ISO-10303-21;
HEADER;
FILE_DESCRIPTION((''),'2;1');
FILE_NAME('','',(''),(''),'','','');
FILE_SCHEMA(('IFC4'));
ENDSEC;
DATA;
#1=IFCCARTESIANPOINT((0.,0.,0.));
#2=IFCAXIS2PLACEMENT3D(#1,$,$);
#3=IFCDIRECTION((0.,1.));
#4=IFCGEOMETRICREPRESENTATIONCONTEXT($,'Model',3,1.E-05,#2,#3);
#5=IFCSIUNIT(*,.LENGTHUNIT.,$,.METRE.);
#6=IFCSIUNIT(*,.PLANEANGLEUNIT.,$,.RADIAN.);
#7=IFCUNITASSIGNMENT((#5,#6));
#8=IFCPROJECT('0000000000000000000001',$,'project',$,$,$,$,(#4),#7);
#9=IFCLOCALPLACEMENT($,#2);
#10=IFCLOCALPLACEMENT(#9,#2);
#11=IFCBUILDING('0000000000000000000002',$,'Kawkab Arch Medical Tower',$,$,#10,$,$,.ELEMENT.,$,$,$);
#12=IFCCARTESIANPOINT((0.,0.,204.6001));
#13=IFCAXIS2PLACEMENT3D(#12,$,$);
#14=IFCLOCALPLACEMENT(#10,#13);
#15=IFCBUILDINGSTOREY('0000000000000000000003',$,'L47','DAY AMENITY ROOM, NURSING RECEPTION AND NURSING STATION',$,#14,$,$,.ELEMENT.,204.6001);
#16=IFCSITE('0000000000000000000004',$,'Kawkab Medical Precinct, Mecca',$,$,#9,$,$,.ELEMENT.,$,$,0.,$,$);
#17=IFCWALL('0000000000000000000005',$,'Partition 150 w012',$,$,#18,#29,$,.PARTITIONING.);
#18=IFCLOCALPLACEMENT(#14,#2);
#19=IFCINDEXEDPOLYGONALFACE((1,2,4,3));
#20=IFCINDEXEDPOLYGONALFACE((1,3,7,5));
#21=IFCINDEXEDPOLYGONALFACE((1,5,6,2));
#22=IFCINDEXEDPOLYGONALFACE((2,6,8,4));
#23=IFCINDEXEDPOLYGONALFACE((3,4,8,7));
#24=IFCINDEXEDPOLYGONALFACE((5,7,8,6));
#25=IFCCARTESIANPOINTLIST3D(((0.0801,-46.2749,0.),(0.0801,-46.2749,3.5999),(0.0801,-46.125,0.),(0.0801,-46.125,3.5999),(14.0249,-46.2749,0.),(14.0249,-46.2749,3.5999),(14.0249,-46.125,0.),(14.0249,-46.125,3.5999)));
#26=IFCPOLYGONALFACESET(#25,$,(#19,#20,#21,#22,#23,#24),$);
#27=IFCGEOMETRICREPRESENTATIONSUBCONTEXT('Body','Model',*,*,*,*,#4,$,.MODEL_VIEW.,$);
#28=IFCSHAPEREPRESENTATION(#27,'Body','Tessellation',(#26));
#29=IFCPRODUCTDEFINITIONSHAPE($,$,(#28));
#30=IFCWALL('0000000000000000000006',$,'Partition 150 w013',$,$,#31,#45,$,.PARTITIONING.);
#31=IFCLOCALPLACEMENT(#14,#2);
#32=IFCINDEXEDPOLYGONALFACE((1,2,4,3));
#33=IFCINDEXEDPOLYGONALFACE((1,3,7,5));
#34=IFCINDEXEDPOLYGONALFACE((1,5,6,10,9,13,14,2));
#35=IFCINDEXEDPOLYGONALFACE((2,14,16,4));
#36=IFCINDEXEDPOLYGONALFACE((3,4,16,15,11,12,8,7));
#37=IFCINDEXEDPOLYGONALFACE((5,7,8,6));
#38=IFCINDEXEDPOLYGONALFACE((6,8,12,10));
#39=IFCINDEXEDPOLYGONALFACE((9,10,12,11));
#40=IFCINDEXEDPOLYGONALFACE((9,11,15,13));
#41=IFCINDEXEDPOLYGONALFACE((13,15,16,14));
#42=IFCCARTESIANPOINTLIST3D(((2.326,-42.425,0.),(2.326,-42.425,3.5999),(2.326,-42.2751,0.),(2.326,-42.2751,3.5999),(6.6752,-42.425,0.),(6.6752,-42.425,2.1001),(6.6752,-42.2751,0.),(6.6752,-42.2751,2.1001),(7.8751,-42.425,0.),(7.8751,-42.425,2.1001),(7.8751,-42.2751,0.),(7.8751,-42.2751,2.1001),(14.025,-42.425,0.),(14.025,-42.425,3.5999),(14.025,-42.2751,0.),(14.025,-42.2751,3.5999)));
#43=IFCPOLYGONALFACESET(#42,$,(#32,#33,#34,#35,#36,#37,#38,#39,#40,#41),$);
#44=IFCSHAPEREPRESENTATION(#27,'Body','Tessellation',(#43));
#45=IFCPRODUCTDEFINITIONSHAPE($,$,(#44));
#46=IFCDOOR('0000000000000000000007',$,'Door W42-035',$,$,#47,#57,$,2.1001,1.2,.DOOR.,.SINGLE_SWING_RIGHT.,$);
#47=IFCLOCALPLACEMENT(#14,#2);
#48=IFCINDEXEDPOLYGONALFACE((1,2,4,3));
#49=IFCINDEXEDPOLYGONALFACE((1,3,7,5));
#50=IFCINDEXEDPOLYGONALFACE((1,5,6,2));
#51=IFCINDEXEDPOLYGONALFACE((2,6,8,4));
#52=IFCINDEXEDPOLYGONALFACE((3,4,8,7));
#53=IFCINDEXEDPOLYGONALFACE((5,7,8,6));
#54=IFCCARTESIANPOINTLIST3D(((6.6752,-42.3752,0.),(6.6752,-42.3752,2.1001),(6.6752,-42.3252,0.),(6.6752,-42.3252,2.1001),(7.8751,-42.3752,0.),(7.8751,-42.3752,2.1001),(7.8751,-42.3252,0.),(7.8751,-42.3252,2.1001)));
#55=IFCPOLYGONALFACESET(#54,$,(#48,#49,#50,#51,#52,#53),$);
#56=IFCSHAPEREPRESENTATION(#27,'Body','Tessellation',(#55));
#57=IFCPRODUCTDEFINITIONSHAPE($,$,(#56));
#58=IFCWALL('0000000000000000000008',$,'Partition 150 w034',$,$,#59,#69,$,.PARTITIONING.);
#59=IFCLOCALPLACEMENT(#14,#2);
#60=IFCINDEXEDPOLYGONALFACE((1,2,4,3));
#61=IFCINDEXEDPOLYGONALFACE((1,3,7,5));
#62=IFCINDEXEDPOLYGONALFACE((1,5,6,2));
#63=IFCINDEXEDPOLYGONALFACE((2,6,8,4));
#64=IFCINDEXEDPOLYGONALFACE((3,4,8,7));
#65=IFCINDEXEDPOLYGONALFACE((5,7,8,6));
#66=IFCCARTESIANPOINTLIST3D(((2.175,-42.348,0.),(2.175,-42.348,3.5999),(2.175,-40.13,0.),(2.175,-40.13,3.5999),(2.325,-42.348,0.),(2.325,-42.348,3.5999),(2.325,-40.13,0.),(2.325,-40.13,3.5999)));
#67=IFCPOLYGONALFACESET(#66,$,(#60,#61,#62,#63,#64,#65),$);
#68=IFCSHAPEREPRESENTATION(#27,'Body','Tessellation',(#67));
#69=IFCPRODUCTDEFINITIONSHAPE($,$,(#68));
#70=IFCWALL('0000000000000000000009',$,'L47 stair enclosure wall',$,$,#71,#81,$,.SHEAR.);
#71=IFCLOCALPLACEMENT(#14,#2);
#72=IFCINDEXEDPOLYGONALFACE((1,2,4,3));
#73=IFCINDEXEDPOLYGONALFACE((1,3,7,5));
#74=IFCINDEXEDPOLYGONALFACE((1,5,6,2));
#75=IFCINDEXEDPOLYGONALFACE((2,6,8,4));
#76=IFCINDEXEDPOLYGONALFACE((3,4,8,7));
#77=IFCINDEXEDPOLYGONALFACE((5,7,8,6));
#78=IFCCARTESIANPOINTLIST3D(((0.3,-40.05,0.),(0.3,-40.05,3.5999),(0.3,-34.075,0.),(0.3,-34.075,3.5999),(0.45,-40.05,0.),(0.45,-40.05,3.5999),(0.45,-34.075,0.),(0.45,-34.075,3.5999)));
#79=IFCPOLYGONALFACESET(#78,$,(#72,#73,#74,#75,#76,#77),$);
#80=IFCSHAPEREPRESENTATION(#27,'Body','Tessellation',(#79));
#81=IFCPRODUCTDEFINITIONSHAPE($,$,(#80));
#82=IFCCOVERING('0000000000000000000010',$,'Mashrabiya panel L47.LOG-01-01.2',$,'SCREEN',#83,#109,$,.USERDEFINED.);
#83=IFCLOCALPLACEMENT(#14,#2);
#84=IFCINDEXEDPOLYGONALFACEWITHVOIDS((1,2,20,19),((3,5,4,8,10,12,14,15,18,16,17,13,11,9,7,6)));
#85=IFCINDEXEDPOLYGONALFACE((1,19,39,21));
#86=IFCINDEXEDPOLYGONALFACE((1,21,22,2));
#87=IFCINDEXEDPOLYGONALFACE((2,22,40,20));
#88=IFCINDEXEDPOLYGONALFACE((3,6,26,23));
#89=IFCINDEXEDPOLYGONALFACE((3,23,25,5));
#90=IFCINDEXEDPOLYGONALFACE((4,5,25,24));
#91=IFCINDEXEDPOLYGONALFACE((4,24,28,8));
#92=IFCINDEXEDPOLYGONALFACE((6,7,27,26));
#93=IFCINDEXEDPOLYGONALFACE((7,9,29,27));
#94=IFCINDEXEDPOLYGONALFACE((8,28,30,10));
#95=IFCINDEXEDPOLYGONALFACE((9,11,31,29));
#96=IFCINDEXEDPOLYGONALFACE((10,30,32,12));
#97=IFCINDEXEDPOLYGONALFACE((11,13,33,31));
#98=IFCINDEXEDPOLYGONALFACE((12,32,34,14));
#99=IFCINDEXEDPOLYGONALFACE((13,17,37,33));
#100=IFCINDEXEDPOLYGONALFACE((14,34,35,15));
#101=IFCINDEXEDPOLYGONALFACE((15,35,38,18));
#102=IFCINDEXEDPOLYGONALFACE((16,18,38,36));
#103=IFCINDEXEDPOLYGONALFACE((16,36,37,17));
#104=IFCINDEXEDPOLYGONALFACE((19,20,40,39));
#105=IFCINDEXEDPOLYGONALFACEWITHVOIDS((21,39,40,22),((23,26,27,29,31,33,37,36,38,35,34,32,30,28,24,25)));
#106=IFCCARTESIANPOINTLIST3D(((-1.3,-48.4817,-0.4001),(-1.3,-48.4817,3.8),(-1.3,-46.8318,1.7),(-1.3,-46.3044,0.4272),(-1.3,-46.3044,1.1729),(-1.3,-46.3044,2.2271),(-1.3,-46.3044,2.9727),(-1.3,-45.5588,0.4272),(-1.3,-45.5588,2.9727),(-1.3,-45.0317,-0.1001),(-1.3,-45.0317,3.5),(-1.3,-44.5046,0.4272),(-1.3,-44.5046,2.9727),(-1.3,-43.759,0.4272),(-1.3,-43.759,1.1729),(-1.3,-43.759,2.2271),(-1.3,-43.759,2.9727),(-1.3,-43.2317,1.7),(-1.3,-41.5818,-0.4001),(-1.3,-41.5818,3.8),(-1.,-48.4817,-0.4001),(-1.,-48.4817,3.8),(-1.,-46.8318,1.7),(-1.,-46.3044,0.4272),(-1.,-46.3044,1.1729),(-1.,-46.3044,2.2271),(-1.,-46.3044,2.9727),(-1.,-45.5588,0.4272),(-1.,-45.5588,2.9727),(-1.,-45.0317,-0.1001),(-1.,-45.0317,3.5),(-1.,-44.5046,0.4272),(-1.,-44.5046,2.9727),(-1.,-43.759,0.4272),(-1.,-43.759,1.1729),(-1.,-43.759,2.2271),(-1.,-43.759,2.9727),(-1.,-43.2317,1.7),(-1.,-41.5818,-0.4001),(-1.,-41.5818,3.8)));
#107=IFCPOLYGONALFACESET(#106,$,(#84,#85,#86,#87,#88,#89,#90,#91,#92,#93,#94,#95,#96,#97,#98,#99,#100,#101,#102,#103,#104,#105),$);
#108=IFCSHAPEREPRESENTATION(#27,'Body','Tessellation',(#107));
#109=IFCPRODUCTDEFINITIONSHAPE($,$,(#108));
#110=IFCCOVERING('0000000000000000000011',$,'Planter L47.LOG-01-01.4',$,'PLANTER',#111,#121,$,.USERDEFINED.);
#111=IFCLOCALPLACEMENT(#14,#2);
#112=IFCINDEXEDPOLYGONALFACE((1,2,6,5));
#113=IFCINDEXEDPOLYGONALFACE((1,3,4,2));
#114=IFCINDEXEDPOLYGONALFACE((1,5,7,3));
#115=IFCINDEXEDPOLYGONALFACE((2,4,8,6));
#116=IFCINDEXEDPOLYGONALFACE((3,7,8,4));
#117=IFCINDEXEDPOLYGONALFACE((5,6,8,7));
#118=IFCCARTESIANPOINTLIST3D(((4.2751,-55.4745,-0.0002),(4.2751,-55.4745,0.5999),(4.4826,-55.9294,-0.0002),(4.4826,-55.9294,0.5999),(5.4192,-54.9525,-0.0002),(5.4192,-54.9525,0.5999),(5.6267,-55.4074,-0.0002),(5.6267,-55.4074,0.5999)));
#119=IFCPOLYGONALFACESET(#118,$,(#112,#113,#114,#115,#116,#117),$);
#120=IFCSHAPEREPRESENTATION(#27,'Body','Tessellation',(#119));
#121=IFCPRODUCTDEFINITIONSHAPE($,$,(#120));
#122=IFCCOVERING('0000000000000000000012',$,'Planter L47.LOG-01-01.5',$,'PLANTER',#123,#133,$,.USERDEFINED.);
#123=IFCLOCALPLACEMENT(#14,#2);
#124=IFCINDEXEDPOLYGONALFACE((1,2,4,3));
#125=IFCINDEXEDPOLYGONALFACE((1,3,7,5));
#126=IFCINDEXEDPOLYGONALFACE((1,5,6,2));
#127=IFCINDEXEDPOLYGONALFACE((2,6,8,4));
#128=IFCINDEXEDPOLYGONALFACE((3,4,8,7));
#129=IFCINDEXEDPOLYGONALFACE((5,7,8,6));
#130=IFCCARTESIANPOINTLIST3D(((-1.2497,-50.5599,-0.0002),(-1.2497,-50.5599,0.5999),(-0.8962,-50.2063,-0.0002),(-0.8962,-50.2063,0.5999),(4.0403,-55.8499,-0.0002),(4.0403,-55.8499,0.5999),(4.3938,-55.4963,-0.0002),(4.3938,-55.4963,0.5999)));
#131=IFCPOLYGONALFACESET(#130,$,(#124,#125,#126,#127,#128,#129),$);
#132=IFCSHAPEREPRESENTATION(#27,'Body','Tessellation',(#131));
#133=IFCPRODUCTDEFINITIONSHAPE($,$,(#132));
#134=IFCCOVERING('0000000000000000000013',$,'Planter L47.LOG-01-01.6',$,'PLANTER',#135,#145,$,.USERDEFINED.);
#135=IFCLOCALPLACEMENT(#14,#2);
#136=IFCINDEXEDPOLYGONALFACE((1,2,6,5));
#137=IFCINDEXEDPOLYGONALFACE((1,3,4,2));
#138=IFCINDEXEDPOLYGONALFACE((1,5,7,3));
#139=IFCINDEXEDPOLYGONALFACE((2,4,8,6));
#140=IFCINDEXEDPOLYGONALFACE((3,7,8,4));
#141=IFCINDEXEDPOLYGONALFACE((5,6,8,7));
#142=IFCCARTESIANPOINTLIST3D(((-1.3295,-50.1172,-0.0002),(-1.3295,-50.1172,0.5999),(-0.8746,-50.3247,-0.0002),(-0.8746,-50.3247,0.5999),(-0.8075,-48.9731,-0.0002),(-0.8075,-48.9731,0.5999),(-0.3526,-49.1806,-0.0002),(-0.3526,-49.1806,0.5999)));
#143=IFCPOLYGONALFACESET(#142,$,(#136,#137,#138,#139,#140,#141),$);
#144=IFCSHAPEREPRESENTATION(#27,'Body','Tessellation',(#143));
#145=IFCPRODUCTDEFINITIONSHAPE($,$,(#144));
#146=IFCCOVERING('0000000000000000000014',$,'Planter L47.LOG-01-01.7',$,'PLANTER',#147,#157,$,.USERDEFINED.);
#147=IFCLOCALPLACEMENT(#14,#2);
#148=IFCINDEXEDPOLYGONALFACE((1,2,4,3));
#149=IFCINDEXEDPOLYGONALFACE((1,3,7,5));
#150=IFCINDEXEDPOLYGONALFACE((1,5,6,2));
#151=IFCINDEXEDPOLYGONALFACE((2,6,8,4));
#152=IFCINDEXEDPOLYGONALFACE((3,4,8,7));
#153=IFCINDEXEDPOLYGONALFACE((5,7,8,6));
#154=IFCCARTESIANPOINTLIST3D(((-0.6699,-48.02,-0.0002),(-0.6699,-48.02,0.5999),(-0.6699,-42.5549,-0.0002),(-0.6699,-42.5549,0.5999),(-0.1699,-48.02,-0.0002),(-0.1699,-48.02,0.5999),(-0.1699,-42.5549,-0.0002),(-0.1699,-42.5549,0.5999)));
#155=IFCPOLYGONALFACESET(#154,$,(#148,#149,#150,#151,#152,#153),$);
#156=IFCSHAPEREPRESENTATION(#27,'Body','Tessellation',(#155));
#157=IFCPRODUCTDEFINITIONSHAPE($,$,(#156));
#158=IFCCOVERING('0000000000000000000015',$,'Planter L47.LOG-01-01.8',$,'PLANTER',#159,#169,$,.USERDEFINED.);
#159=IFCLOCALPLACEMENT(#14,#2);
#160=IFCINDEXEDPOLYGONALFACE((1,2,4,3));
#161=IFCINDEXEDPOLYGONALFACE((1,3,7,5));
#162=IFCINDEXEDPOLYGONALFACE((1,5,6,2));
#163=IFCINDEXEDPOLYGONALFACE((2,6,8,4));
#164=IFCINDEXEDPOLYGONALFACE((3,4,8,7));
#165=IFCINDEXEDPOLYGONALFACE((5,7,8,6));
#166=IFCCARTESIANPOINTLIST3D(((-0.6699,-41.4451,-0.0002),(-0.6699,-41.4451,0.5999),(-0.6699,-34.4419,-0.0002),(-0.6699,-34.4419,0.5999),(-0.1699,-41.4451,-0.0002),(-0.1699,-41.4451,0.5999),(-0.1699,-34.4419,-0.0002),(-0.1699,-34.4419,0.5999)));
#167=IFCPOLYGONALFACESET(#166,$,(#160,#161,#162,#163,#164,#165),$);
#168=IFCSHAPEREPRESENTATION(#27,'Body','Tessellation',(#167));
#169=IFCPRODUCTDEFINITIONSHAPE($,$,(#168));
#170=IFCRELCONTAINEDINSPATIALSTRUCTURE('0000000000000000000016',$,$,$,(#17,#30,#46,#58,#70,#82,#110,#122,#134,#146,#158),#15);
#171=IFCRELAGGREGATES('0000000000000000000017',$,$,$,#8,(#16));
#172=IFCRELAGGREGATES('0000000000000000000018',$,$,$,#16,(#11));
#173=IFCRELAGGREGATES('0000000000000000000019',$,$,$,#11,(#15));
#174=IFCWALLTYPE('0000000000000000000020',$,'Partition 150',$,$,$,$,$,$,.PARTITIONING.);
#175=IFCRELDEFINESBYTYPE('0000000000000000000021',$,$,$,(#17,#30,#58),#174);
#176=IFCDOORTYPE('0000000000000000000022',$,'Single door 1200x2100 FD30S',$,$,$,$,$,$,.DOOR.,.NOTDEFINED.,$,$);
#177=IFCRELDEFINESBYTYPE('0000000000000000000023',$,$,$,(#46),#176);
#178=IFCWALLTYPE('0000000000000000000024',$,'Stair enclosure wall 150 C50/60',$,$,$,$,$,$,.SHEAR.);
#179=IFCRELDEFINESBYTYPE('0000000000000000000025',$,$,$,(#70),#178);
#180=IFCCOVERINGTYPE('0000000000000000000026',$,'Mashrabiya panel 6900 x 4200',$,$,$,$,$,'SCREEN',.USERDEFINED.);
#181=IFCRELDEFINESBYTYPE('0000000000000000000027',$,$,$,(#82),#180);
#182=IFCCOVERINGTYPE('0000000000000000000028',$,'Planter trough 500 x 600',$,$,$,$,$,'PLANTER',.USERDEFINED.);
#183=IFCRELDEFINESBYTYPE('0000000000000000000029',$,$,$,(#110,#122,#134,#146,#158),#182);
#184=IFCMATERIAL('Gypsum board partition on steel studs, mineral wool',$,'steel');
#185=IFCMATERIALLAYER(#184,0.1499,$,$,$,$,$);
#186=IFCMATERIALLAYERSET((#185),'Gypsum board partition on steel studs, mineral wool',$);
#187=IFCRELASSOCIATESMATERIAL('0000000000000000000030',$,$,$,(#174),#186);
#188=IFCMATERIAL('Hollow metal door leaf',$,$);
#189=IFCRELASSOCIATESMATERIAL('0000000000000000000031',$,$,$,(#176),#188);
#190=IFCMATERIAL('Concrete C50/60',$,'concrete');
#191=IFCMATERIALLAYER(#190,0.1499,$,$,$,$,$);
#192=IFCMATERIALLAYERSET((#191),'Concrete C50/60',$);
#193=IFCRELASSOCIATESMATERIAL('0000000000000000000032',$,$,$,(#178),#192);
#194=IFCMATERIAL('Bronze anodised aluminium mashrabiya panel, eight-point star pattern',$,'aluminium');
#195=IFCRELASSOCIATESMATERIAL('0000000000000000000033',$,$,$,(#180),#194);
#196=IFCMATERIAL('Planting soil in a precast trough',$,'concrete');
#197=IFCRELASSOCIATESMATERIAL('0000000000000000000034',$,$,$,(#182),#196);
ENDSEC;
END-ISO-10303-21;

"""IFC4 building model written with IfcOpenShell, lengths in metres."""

from ifc_helpers import new_model, si_unit, direction, frame, frame_2d, origin, origin_2d, place, context, subcontext, project, spatial, polyline, rectangle, outline, extrude, material, layer, layer_set, material_profile, profile_set, type_object, element, fill, save


model = new_model("IFC4")

# Units and contexts
model_context = context("Model", 3, precision=1e-05, world=origin(), true_north=direction((0.0, 1.0)))
body_context = subcontext(model_context, "Body", "Model", "MODEL_VIEW")
ifc_project = project(units=[si_unit("LENGTHUNIT", "METRE"), si_unit("PLANEANGLEUNIT", "RADIAN")], contexts=[model_context])

# Site, building, storey
site_placement = place(None, origin())
site = spatial("IfcSite", under=ifc_project, at=site_placement, Name="Kawkab Medical Precinct, Mecca", CompositionType="ELEMENT", RefElevation=0.0)
building_placement = place(site_placement, origin())
building = spatial("IfcBuilding", under=site, at=building_placement, Name="Kawkab Arch Medical Tower", CompositionType="ELEMENT")
storey_placement = place(building_placement, frame((0.0, 0.0, 204.6001)))
storey = spatial("IfcBuildingStorey", under=building, at=storey_placement, Name="L47", Description="DAY AMENITY ROOM, NURSING RECEPTION AND NURSING STATION", CompositionType="ELEMENT", Elevation=204.6001)

# Wall
ifc_material_1 = material(Name="Gypsum board partition on steel studs, mineral wool", Category="steel")
ifc_layer_1 = layer(ifc_material_1, 0.1499)
ifc_layer_set_1 = layer_set([ifc_layer_1], Name="Gypsum board partition on steel studs, mineral wool")
wall_type_1 = type_object("IfcWallType", Name="Partition 150", PredefinedType="PARTITIONING", material=ifc_layer_set_1)
wall_1_placement = place(storey_placement, frame((0.0801, -46.2, 0.0), z_axis=(0.0, 0.0, 1.0), x_axis=(1.0, 0.0, 0.0)))
element("IfcWall", 1, at=wall_1_placement, inside=storey, type_object=wall_type_1, Name="Partition 150 w012", PredefinedType="PARTITIONING", context=body_context, shape_type="SweptSolid", body=[
    extrude(rectangle(XDim=13.9448, YDim=0.1499, at=frame_2d((6.9724, 0.0))), origin(), (0.0, 0.0, 1.0), 3.5999),
])

# Wall, opening, door
wall_2_placement = place(storey_placement, frame((2.3259, -42.3501, 0.0), z_axis=(0.0, 0.0, 1.0), x_axis=(1.0, 0.0, 0.0)))
wall_2 = element("IfcWall", 2, at=wall_2_placement, inside=storey, type_object=wall_type_1, Name="Partition 150 w013", PredefinedType="PARTITIONING", context=body_context, shape_type="SweptSolid", body=[
    extrude(rectangle(XDim=11.699, YDim=0.1499, at=frame_2d((5.8496, 0.0))), origin(), (0.0, 0.0, 1.0), 3.5999),
])
opening_placement = place(wall_2_placement, frame((4.3491, 0.0, 0.0)))
opening = element("IfcOpeningElement", 3, at=opening_placement, cuts=wall_2, PredefinedType="OPENING", context=body_context, shape_type="SweptSolid", body=[
    extrude(rectangle(XDim=1.2, YDim=2.1001, at=frame_2d((0.6001, 1.05))), frame((0.0, 0.085, 0.0), z_axis=(0.0, -1.0, 0.0), x_axis=(1.0, 0.0, 0.0)), (0.0, 0.0, 1.0), 0.1699),
])
ifc_material_2 = material(Name="Hollow metal door leaf")
door_type = type_object("IfcDoorType", Name="Single door 1200x2100 FD30S", OperationType="NOTDEFINED", PredefinedType="DOOR", material=ifc_material_2)
door_placement = place(opening_placement, origin())
door = element("IfcDoor", 4, at=door_placement, inside=storey, type_object=door_type, Name="Door W42-035", OperationType="SINGLE_SWING_RIGHT", OverallHeight=2.1001, OverallWidth=1.2, PredefinedType="DOOR", context=body_context, shape_type="SweptSolid", body=[
    extrude(rectangle(XDim=1.2, YDim=2.1001, at=frame_2d((0.6001, 1.05))), frame((0.0, 0.0249, 0.0), z_axis=(0.0, -1.0, 0.0), x_axis=(1.0, 0.0, 0.0)), (0.0, 0.0, 1.0), 0.05),
])
fill(opening, door)

# Walls
wall_3_placement = place(storey_placement, frame((2.25, -42.3479, 0.0), z_axis=(0.0, 0.0, 1.0), x_axis=(0.0, 1.0, 0.0)))
element("IfcWall", 5, at=wall_3_placement, inside=storey, type_object=wall_type_1, Name="Partition 150 w034", PredefinedType="PARTITIONING", context=body_context, shape_type="SweptSolid", body=[
    extrude(rectangle(XDim=2.218, YDim=0.1499, at=frame_2d((1.1089, 0.0))), origin(), (0.0, 0.0, 1.0), 3.5999),
])
ifc_material_3 = material(Name="Concrete C50/60", Category="concrete")
ifc_layer_2 = layer(ifc_material_3, 0.1499)
ifc_layer_set_2 = layer_set([ifc_layer_2], Name="Concrete C50/60")
wall_type_2 = type_object("IfcWallType", Name="Stair enclosure wall 150 C50/60", PredefinedType="SHEAR", material=ifc_layer_set_2)
wall_4_placement = place(storey_placement, frame((0.375, -40.05, 0.0), z_axis=(0.0, 0.0, 1.0), x_axis=(0.0, 1.0, 0.0)))
element("IfcWall", 6, at=wall_4_placement, inside=storey, type_object=wall_type_2, Name="L47 stair enclosure wall", PredefinedType="SHEAR", context=body_context, shape_type="SweptSolid", body=[
    extrude(rectangle(XDim=5.9751, YDim=0.1499, at=frame_2d((2.9875, 0.0))), origin(), (0.0, 0.0, 1.0), 3.5999),
])

# Coverings
ifc_material_4 = material(Name="Bronze anodised aluminium mashrabiya panel, eight-point star pattern", Category="aluminium")
ifc_material_profile_1 = material_profile(ifc_material_4, outline(polyline([(-3.45, -2.1001), (3.45, -2.1001), (3.45, 2.1001), (-3.45, 2.1001), (-3.45, -2.1001)]), holes=[polyline([(1.8, 0.0), (1.2727, 0.5271), (1.2727, 1.2727), (0.5271, 1.2727), (0.0, 1.8), (-0.5271, 1.2727), (-1.2727, 1.2727), (-1.2727, 0.5271), (-1.8, 0.0), (-1.2727, -0.5271), (-1.2727, -1.2727), (-0.5271, -1.2727), (0.0, -1.8), (0.5271, -1.2727), (1.2727, -1.2727), (1.2727, -0.5271), (1.8, 0.0)])]), Name="Mashrabiya panel 6900x4200")
ifc_profile_set_1 = profile_set([ifc_material_profile_1], Name="Bronze anodised aluminium mashrabiya panel, eight-point star pattern")
covering_type_1 = type_object("IfcCoveringType", Name="Mashrabiya panel 6900 x 4200", ElementType="SCREEN", PredefinedType="USERDEFINED", material=ifc_profile_set_1)
covering_1_placement = place(storey_placement, frame((-1.0, -45.0317, 1.7), z_axis=(-1.0, 0.0, 0.0), x_axis=(0.0, -1.0, 0.0)))
element("IfcCovering", 7, at=covering_1_placement, inside=storey, type_object=covering_type_1, Name="Mashrabiya panel L47.LOG-01-01.2", ObjectType="SCREEN", PredefinedType="USERDEFINED", context=body_context, shape_type="SweptSolid", body=[
    extrude(outline(polyline([(-3.45, -2.1001), (3.45, -2.1001), (3.45, 2.1001), (-3.45, 2.1001), (-3.45, -2.1001)]), holes=[polyline([(1.8, 0.0), (1.2727, 0.5271), (1.2727, 1.2727), (0.5271, 1.2727), (0.0, 1.8), (-0.5271, 1.2727), (-1.2727, 1.2727), (-1.2727, 0.5271), (-1.8, 0.0), (-1.2727, -0.5271), (-1.2727, -1.2727), (-0.5271, -1.2727), (0.0, -1.8), (0.5271, -1.2727), (1.2727, -1.2727), (1.2727, -0.5271), (1.8, 0.0)])]), origin(), (0.0, 0.0, 1.0), 0.3),
])
ifc_material_5 = material(Name="Planting soil in a precast trough", Category="concrete")
ifc_material_profile_2 = material_profile(ifc_material_5, rectangle(XDim=0.5, YDim=0.6001, at=origin_2d()), Name="Trough 500x600")
ifc_profile_set_2 = profile_set([ifc_material_profile_2], Name="Planting soil in a precast trough")
covering_type_2 = type_object("IfcCoveringType", Name="Planter trough 500 x 600", ElementType="PLANTER", PredefinedType="USERDEFINED", material=ifc_profile_set_2)
covering_2_placement = place(storey_placement, frame((5.5229, -55.1799, 0.2998), z_axis=(-0.90978, -0.41509, 0.0), x_axis=(0.41509, -0.90978, 0.0)))
element("IfcCovering", 8, at=covering_2_placement, inside=storey, type_object=covering_type_2, Name="Planter L47.LOG-01-01.4", ObjectType="PLANTER", PredefinedType="USERDEFINED", context=body_context, shape_type="SweptSolid", body=[
    extrude(rectangle(XDim=0.5, YDim=0.6001, at=origin_2d()), origin(), (0.0, 0.0, 1.0), 1.2576),
])
covering_3_placement = place(storey_placement, frame((4.217, -55.6731, 0.2998), z_axis=(-0.707107, 0.707107, 0.0), x_axis=(-0.707107, -0.707107, 0.0)))
element("IfcCovering", 9, at=covering_3_placement, inside=storey, type_object=covering_type_2, Name="Planter L47.LOG-01-01.5", ObjectType="PLANTER", PredefinedType="USERDEFINED", context=body_context, shape_type="SweptSolid", body=[
    extrude(rectangle(XDim=0.5, YDim=0.6001, at=origin_2d()), origin(), (0.0, 0.0, 1.0), 7.4812),
])
covering_4_placement = place(storey_placement, frame((-1.1021, -50.2209, 0.2998), z_axis=(0.41509, 0.90978, 0.0), x_axis=(-0.90978, 0.41509, 0.0)))
element("IfcCovering", 10, at=covering_4_placement, inside=storey, type_object=covering_type_2, Name="Planter L47.LOG-01-01.6", ObjectType="PLANTER", PredefinedType="USERDEFINED", context=body_context, shape_type="SweptSolid", body=[
    extrude(rectangle(XDim=0.5, YDim=0.6001, at=origin_2d()), origin(), (0.0, 0.0, 1.0), 1.2576),
])
covering_5_placement = place(storey_placement, frame((-0.4199, -48.02, 0.2998), z_axis=(0.0, 1.0, 0.0), x_axis=(-1.0, 0.0, 0.0)))
element("IfcCovering", 11, at=covering_5_placement, inside=storey, type_object=covering_type_2, Name="Planter L47.LOG-01-01.7", ObjectType="PLANTER", PredefinedType="USERDEFINED", context=body_context, shape_type="SweptSolid", body=[
    extrude(rectangle(XDim=0.5, YDim=0.6001, at=origin_2d()), origin(), (0.0, 0.0, 1.0), 5.4651),
])
covering_6_placement = place(storey_placement, frame((-0.4199, -41.4451, 0.2998), z_axis=(0.0, 1.0, 0.0), x_axis=(-1.0, 0.0, 0.0)))
element("IfcCovering", 12, at=covering_6_placement, inside=storey, type_object=covering_type_2, Name="Planter L47.LOG-01-01.8", ObjectType="PLANTER", PredefinedType="USERDEFINED", context=body_context, shape_type="SweptSolid", body=[
    extrude(rectangle(XDim=0.5, YDim=0.6001, at=origin_2d()), origin(), (0.0, 0.0, 1.0), 7.0032),
])

save(model, "model.ifc")
